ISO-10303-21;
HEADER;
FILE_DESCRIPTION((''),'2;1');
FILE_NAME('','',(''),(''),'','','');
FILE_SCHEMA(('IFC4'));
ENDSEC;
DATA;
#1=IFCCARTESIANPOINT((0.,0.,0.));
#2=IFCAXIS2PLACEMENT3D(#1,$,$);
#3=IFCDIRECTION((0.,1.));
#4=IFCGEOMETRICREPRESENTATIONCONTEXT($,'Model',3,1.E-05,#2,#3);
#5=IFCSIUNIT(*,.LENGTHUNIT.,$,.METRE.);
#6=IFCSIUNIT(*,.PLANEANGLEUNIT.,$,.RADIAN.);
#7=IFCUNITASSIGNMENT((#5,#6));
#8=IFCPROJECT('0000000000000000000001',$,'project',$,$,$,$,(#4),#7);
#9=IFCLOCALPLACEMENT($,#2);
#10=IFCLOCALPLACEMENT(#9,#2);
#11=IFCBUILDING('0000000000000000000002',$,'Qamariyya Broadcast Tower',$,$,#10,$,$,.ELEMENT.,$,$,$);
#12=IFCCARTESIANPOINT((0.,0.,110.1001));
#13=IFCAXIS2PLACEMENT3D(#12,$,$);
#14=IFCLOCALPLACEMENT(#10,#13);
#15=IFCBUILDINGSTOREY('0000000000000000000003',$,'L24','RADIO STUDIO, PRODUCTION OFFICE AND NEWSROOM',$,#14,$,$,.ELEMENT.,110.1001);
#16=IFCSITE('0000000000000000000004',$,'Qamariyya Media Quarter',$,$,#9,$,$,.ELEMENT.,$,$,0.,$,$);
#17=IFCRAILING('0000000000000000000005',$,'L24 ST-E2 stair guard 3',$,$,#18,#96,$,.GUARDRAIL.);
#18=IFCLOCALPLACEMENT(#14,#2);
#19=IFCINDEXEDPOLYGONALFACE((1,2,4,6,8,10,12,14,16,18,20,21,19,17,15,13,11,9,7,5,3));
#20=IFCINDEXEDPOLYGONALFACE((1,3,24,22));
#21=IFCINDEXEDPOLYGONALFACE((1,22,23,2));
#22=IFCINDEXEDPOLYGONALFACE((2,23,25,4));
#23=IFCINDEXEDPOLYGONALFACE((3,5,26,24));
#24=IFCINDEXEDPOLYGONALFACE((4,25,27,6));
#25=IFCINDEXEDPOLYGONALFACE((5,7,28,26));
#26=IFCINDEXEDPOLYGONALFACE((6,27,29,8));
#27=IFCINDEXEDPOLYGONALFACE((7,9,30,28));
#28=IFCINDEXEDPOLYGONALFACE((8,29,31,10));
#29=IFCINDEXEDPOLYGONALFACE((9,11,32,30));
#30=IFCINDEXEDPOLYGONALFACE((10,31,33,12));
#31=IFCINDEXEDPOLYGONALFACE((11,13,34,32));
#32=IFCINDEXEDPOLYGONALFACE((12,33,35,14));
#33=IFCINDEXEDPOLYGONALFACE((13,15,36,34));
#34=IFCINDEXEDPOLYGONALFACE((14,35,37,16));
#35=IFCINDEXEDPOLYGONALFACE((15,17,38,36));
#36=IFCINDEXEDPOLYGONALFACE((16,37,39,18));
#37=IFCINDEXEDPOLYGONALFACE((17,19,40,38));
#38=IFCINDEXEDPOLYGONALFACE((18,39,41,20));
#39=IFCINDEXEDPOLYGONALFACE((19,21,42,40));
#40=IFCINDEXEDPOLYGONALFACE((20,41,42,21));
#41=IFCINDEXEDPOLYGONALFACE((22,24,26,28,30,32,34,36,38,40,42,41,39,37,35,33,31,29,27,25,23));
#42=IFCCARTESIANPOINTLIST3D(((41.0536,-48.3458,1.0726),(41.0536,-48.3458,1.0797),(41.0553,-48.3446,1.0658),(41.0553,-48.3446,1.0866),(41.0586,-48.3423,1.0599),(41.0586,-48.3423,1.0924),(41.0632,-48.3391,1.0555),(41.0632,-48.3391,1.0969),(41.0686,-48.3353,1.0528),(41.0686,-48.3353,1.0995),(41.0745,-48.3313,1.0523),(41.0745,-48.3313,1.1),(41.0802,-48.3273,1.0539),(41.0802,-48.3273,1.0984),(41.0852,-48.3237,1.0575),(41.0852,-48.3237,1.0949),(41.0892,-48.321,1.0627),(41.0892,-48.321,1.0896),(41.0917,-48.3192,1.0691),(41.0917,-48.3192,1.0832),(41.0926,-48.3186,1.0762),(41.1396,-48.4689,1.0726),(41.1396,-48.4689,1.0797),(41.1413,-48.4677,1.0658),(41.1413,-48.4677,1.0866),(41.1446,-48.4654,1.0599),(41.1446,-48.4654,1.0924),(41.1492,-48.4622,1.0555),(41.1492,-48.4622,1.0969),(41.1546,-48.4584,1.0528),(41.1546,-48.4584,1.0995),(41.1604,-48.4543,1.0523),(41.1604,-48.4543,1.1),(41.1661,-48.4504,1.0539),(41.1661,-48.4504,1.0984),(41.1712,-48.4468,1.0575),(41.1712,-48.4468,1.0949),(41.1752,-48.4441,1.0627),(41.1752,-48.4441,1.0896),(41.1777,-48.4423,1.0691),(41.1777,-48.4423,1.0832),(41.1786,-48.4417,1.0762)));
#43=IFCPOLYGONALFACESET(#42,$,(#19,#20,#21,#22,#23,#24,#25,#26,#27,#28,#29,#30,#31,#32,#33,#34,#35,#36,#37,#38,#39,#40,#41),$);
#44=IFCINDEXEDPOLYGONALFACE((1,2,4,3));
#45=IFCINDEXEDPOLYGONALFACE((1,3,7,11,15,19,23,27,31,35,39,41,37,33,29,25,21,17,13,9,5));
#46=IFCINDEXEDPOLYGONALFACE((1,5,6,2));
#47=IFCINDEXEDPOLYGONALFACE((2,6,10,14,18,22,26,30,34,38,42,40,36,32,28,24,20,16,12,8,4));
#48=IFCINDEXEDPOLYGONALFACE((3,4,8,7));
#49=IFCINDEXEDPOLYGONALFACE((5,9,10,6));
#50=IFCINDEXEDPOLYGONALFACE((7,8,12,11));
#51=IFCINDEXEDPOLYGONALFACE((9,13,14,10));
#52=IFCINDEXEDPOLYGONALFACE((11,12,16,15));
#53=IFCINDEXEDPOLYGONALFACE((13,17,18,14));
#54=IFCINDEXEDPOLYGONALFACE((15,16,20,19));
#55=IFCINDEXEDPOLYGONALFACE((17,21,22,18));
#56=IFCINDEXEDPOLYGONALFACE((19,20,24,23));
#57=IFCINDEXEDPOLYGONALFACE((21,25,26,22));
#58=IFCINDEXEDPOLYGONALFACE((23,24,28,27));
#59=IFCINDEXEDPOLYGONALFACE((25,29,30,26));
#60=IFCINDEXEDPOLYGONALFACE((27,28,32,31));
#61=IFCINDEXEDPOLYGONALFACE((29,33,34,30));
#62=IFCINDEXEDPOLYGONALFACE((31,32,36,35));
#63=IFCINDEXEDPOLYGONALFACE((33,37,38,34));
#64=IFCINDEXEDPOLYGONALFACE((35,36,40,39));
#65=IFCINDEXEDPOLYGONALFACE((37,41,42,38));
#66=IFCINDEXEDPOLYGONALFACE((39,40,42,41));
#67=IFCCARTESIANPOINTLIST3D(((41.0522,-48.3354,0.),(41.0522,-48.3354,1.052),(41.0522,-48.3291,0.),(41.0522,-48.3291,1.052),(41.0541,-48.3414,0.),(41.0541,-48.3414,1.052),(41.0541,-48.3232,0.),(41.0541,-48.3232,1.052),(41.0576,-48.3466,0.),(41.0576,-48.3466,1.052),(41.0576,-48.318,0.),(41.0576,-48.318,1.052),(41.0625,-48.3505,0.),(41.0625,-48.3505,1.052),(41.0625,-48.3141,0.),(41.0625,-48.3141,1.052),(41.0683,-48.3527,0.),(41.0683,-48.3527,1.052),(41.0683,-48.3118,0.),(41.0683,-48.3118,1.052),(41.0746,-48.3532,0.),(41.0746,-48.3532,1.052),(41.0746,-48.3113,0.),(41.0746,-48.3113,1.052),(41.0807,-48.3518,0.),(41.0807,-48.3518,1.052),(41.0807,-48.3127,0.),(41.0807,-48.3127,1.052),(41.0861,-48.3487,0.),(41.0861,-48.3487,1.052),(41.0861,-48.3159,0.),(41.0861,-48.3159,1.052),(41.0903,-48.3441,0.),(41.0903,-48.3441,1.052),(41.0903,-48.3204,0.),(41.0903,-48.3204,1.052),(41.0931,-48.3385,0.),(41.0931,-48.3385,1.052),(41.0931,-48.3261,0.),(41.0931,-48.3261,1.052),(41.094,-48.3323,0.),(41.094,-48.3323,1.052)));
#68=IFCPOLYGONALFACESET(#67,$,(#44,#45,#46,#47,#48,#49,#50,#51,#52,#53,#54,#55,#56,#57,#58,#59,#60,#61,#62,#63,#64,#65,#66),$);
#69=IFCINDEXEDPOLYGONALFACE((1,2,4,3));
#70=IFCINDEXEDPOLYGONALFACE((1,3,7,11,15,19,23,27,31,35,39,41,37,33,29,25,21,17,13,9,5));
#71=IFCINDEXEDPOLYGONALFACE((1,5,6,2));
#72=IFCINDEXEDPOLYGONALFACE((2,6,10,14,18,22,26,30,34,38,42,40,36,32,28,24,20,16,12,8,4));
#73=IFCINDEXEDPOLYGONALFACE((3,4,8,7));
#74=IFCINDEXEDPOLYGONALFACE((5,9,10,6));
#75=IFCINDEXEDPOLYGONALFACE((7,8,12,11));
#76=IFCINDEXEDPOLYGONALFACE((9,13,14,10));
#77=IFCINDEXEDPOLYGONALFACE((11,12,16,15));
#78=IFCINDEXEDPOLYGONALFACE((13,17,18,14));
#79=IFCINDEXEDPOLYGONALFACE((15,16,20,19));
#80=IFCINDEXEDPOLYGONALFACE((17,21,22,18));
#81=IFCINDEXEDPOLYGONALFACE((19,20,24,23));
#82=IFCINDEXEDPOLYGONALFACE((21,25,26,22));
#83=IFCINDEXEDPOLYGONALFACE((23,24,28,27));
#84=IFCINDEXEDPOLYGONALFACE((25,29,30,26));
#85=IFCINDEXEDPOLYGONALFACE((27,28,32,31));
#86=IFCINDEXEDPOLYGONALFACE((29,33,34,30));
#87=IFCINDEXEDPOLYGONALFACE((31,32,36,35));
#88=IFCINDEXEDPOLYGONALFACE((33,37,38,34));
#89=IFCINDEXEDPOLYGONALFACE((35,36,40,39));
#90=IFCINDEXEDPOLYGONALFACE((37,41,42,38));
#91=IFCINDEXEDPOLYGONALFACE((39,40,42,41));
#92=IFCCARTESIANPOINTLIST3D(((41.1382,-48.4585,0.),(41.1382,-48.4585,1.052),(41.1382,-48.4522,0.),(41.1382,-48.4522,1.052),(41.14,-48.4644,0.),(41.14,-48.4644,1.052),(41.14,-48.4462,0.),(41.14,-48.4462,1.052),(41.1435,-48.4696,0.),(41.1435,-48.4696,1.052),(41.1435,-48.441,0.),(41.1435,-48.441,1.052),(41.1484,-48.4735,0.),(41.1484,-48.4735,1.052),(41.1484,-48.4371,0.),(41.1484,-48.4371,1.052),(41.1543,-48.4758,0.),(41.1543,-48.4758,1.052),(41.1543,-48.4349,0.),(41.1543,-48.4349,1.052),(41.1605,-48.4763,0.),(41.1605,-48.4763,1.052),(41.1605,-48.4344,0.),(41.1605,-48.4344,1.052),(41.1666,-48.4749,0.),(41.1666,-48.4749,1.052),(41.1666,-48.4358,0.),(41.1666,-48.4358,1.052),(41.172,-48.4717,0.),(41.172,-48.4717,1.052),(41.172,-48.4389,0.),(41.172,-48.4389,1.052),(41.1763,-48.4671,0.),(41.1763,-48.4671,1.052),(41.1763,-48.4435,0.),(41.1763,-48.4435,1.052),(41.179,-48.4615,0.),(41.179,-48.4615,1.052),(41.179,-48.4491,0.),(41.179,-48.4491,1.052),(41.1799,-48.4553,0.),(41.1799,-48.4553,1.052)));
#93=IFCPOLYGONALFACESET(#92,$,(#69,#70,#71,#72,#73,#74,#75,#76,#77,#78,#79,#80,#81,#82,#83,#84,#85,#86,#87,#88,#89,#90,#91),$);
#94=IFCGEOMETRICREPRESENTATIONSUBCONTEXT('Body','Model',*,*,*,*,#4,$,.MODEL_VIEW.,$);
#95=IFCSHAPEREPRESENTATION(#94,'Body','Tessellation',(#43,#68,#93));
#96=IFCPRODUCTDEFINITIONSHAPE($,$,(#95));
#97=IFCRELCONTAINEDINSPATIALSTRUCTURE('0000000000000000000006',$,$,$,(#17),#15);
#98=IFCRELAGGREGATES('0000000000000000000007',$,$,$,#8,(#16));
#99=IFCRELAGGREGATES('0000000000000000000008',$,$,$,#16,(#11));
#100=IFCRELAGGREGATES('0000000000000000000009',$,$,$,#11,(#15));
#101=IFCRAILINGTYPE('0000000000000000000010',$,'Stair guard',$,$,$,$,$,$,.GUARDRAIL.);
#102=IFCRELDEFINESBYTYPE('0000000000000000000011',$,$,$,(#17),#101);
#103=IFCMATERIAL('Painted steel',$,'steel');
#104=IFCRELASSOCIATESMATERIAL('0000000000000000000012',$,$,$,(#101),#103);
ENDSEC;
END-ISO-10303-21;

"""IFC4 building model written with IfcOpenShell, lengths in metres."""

from ifc_helpers import new_model, si_unit, direction, frame, origin, origin_2d, place, context, subcontext, project, spatial, circle, extrude, material, type_object, element, save


model = new_model("IFC4")

# Units and contexts
model_context = context("Model", 3, precision=1e-05, world=origin(), true_north=direction((0.0, 1.0)))
body_context = subcontext(model_context, "Body", "Model", "MODEL_VIEW")
ifc_project = project(units=[si_unit("LENGTHUNIT", "METRE"), si_unit("PLANEANGLEUNIT", "RADIAN")], contexts=[model_context])

# Site, building, storey
site_placement = place(None, origin())
site = spatial("IfcSite", under=ifc_project, at=site_placement, Name="Qamariyya Media Quarter", CompositionType="ELEMENT", RefElevation=0.0)
building_placement = place(site_placement, origin())
building = spatial("IfcBuilding", under=site, at=building_placement, Name="Qamariyya Broadcast Tower", CompositionType="ELEMENT")
storey_placement = place(building_placement, frame((0.0, 0.0, 110.1001)))
storey = spatial("IfcBuildingStorey", under=building, at=storey_placement, Name="L24", Description="RADIO STUDIO, PRODUCTION OFFICE AND NEWSROOM", CompositionType="ELEMENT", Elevation=110.1001)

# Railing
ifc_material_1 = material(Name="Painted steel", Category="steel")
railing_type_1 = type_object("IfcRailingType", Name="Stair guard", PredefinedType="GUARDRAIL", material=ifc_material_1)
railing_1_placement = place(storey_placement, frame((41.073, -48.3323, 0.0)))
element("IfcRailing", 1, at=railing_1_placement, inside=storey, type_object=railing_type_1, Name="L24 ST-E2 stair guard 3", PredefinedType="GUARDRAIL", context=body_context, shape_type="SweptSolid", body=[
    extrude(circle(Radius=0.0239, at=origin_2d()), frame((0.0, 0.0, 1.0762), z_axis=(0.572589, -0.819843, 0.0), x_axis=(0.819843, 0.572589, 0.0)), (0.0, 0.0, 1.0), 0.1501),
    extrude(circle(Radius=0.021, at=origin_2d()), origin(), (0.0, 0.0, 1.0), 1.052),
    extrude(circle(Radius=0.021, at=origin_2d()), frame((0.0859, -0.123, 0.0)), (0.0, 0.0, 1.0), 1.052),
])

save(model, "model.ifc")
